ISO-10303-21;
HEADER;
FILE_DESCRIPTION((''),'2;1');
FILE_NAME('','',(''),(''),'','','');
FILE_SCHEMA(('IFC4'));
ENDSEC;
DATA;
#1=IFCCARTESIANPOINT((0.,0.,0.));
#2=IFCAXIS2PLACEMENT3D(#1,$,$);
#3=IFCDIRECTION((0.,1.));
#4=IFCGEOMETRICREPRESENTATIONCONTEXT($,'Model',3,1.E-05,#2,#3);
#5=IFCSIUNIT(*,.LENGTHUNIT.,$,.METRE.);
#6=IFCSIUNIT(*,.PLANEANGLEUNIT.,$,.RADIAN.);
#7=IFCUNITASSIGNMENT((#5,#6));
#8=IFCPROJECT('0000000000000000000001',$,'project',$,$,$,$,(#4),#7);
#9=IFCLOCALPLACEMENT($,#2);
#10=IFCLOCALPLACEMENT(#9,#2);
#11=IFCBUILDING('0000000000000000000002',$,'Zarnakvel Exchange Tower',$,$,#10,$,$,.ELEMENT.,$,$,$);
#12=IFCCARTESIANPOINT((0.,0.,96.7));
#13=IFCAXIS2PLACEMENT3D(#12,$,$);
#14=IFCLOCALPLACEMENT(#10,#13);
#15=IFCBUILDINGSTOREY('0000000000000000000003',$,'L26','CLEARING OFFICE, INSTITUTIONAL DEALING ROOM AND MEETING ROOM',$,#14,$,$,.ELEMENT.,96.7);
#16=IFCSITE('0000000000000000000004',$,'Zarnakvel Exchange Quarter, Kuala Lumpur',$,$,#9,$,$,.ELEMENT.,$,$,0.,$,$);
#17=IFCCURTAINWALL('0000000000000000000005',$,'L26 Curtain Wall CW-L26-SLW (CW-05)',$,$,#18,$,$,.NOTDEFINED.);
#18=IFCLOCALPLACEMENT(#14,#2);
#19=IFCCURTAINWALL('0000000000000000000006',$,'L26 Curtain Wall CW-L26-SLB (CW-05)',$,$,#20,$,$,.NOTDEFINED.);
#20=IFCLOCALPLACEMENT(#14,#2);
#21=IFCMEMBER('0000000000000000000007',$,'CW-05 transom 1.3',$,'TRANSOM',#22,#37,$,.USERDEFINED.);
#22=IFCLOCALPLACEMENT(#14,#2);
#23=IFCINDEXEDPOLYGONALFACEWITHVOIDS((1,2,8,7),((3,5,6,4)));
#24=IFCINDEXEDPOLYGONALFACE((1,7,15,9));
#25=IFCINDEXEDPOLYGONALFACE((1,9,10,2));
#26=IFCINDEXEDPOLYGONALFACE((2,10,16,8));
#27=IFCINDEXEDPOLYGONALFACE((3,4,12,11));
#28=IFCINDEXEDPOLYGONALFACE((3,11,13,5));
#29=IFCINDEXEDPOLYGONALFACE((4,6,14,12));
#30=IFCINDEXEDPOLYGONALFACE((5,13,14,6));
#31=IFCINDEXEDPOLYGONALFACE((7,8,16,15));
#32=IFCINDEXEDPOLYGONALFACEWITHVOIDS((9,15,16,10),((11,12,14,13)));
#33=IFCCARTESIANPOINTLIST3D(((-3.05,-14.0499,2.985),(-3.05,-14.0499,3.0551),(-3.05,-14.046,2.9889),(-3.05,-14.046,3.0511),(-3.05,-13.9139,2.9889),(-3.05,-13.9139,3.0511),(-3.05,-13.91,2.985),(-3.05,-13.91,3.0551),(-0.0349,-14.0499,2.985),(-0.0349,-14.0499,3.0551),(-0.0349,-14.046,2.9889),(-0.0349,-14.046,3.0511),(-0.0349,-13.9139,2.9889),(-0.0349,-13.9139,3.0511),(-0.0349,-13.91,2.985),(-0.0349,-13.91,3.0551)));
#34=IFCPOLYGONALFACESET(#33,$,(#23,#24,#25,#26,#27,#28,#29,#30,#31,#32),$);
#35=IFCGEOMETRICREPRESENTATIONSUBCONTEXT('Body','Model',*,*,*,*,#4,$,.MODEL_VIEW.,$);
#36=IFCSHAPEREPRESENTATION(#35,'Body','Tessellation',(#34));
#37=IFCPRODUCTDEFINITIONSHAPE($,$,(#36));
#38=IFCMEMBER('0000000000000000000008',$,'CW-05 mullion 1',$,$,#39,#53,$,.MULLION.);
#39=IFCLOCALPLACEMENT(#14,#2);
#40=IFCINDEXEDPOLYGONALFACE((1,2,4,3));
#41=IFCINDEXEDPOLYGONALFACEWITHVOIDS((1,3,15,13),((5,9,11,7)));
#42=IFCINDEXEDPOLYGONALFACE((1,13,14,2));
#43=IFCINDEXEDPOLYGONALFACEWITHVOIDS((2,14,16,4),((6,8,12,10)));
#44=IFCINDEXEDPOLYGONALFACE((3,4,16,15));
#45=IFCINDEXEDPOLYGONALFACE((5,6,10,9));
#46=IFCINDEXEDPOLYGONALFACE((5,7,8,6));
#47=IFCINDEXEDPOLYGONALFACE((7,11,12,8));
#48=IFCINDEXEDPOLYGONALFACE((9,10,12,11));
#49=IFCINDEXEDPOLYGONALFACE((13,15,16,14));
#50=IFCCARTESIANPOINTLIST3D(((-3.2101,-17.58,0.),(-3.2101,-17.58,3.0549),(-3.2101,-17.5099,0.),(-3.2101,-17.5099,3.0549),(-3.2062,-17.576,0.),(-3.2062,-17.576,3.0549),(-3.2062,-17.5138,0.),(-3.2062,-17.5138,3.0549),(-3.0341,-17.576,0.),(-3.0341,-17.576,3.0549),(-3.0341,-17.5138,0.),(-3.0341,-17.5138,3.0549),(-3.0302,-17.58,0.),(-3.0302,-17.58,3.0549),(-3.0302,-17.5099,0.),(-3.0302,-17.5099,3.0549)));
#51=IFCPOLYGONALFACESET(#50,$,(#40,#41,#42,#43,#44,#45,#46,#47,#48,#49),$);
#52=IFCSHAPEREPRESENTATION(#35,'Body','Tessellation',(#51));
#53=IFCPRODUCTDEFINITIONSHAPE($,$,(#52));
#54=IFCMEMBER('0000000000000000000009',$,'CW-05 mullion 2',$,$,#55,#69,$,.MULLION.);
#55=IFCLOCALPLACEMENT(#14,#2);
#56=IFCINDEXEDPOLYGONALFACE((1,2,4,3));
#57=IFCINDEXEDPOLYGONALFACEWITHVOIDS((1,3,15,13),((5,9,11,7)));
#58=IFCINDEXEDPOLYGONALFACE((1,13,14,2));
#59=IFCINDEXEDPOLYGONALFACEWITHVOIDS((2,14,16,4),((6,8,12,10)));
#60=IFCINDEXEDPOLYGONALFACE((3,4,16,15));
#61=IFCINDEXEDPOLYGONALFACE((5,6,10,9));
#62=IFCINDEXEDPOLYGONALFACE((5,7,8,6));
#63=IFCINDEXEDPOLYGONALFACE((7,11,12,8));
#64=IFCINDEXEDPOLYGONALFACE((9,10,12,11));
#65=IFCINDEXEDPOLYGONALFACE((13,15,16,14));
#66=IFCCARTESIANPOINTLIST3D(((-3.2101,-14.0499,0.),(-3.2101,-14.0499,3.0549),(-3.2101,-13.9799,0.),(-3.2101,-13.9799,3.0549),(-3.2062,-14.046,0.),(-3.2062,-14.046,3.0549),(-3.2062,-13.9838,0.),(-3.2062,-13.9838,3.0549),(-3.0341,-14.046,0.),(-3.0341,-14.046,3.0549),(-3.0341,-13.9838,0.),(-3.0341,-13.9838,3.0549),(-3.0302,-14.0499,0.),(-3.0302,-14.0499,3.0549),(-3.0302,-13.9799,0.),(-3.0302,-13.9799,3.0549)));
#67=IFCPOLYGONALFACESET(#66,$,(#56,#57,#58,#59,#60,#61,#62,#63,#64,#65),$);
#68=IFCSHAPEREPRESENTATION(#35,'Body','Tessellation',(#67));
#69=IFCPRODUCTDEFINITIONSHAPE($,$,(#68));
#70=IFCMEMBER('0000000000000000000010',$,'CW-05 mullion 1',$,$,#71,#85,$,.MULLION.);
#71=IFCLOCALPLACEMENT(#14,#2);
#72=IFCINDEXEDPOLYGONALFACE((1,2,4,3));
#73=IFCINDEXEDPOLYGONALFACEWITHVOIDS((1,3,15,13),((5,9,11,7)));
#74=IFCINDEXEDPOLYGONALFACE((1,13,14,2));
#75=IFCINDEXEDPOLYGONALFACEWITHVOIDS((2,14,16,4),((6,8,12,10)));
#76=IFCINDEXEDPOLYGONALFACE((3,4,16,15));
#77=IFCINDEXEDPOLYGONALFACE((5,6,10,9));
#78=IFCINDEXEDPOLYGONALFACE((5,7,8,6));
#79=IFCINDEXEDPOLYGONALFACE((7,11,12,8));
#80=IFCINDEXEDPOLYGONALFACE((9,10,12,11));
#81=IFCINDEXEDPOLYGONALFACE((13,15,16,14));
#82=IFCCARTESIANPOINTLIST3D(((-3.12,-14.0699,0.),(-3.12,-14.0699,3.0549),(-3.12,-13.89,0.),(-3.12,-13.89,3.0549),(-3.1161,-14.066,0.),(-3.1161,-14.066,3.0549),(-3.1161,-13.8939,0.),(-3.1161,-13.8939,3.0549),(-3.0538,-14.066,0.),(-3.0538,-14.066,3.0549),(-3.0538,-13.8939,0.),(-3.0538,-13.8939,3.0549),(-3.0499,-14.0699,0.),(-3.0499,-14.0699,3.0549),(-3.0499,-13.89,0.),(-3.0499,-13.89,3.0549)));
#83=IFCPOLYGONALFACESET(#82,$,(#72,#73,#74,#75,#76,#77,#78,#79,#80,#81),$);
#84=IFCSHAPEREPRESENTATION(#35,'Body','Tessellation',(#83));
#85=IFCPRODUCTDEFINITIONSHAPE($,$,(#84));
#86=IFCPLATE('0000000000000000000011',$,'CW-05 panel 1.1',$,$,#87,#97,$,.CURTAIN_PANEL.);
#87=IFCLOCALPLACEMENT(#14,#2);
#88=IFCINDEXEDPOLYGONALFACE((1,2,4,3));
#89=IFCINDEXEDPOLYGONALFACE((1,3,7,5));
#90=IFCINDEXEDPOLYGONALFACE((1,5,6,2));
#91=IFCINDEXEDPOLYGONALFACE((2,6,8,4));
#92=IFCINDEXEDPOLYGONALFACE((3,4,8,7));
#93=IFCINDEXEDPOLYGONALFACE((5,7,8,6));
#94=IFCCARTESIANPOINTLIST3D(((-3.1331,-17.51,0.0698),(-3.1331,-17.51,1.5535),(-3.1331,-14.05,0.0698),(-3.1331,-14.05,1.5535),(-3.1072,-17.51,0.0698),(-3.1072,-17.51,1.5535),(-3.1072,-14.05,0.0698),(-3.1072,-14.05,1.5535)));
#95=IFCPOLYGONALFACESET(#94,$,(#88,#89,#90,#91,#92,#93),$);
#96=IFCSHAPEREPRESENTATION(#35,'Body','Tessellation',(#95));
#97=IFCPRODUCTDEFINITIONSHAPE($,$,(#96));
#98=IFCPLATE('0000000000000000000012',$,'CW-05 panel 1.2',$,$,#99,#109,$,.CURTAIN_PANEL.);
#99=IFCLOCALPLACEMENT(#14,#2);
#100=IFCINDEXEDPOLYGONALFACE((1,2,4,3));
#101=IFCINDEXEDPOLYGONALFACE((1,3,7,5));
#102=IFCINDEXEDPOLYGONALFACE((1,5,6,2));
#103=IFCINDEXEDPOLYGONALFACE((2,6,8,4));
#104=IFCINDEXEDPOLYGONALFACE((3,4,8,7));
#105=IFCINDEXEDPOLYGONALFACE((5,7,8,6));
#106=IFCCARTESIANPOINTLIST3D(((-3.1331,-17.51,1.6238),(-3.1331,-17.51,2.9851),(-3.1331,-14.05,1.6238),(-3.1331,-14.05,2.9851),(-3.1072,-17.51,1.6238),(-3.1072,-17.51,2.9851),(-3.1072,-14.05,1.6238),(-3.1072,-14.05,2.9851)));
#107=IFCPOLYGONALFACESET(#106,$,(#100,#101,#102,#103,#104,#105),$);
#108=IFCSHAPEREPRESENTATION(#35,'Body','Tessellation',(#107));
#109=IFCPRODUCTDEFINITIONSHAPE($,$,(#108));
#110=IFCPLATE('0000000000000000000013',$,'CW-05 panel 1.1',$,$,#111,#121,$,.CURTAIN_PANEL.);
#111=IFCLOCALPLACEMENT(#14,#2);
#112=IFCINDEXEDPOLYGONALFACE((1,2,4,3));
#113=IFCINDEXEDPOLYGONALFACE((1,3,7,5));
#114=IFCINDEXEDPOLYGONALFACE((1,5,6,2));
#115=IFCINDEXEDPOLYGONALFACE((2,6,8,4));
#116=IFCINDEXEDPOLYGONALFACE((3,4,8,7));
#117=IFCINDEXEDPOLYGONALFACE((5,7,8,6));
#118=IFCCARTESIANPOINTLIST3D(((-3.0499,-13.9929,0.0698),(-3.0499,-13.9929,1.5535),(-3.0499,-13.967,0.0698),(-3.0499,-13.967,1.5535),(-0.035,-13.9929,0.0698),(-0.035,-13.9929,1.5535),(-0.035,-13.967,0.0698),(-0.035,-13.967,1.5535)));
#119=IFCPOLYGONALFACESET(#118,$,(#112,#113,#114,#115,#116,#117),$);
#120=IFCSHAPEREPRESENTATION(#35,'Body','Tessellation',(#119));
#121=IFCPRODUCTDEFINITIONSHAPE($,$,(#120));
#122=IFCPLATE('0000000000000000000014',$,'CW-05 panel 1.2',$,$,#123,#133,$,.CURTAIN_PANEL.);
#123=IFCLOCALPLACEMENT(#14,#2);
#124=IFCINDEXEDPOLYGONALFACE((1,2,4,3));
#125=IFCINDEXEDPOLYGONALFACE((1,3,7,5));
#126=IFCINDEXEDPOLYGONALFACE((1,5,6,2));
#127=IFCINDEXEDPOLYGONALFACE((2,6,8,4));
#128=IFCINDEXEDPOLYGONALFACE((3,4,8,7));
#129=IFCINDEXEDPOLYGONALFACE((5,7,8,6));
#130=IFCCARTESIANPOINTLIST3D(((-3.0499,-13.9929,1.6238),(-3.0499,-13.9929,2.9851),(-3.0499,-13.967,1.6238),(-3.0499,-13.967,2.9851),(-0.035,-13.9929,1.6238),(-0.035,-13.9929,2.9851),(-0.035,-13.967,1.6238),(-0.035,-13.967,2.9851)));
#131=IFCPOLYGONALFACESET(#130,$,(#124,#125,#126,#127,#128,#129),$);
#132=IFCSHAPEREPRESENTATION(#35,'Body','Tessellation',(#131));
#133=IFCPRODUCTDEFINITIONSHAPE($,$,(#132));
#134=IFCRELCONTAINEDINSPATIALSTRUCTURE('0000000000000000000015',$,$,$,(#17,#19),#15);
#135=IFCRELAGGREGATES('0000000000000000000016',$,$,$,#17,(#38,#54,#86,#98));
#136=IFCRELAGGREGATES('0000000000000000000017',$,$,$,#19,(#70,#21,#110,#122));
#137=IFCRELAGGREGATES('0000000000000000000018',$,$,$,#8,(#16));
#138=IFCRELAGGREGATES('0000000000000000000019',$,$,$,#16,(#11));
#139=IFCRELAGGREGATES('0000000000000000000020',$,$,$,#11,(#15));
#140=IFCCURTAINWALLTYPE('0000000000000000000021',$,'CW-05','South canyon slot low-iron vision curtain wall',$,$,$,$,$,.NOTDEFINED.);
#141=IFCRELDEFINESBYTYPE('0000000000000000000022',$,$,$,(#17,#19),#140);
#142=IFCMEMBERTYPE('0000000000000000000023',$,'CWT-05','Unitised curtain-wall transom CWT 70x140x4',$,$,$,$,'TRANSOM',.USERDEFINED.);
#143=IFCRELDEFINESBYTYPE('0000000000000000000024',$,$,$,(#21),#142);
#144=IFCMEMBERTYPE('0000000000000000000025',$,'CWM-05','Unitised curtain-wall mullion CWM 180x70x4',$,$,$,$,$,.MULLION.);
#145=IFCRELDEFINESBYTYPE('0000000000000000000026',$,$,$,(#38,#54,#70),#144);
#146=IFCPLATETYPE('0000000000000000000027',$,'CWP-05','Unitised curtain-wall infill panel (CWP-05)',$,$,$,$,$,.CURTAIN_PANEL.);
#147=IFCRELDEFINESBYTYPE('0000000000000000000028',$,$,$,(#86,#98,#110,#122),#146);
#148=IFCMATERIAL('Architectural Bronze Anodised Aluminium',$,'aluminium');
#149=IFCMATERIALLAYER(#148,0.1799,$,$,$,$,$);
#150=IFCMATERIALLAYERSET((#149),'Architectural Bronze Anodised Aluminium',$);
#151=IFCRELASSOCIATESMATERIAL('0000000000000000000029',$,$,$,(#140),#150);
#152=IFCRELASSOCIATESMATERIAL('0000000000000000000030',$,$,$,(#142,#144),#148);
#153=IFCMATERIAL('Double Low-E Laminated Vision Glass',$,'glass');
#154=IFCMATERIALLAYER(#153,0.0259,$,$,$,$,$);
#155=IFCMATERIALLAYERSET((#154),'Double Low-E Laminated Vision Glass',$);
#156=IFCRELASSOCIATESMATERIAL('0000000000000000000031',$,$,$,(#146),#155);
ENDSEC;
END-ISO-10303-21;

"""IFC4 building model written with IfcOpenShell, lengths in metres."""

from ifc_helpers import new_model, si_unit, direction, frame, origin, origin_2d, place, context, subcontext, project, spatial, rectangle, hollow_rectangle, extrude, source, transform, mapped, material, layer, layer_set, material_profile, profile_set, type_object, element, aggregate, save


model = new_model("IFC4")

# Units and contexts
model_context = context("Model", 3, precision=1e-05, world=origin(), true_north=direction((0.0, 1.0)))
body_context = subcontext(model_context, "Body", "Model", "MODEL_VIEW")
ifc_project = project(units=[si_unit("LENGTHUNIT", "METRE"), si_unit("PLANEANGLEUNIT", "RADIAN")], contexts=[model_context])

# Site, building, storey
site_placement = place(None, origin())
site = spatial("IfcSite", under=ifc_project, at=site_placement, Name="Zarnakvel Exchange Quarter, Kuala Lumpur", CompositionType="ELEMENT", RefElevation=0.0)
building_placement = place(site_placement, origin())
building = spatial("IfcBuilding", under=site, at=building_placement, Name="Zarnakvel Exchange Tower", CompositionType="ELEMENT")
storey_placement = place(building_placement, frame((0.0, 0.0, 96.7)))
storey = spatial("IfcBuildingStorey", under=building, at=storey_placement, Name="L26", Description="CLEARING OFFICE, INSTITUTIONAL DEALING ROOM AND MEETING ROOM", CompositionType="ELEMENT", Elevation=96.7)

# Curtain walls, member
ifc_material_1 = material(Name="Architectural Bronze Anodised Aluminium", Category="aluminium")
ifc_layer_1 = layer(ifc_material_1, 0.1799)
ifc_layer_set_1 = layer_set([ifc_layer_1], Name="Architectural Bronze Anodised Aluminium")
curtain_wall_type = type_object("IfcCurtainWallType", Name="CW-05", Description="South canyon slot low-iron vision curtain wall", PredefinedType="NOTDEFINED", material=ifc_layer_set_1)
curtain_wall_1_placement = place(storey_placement, origin())
curtain_wall_1 = element("IfcCurtainWall", 1, at=curtain_wall_1_placement, inside=storey, type_object=curtain_wall_type, Name="L26 Curtain Wall CW-L26-SLW (CW-05)", PredefinedType="NOTDEFINED")
ifc_material_profile_1 = material_profile(ifc_material_1, hollow_rectangle(XDim=0.1399, YDim=0.0701, WallThickness=0.0039, at=origin_2d()))
ifc_profile_set_1 = profile_set([ifc_material_profile_1], Name="Architectural Bronze Anodised Aluminium")
member_type_1 = type_object("IfcMemberType", Name="CWT-05", Description="Unitised curtain-wall transom CWT 70x140x4", ElementType="TRANSOM", PredefinedType="USERDEFINED", material=ifc_profile_set_1)
curtain_wall_2_placement = place(storey_placement, origin())
curtain_wall_2 = element("IfcCurtainWall", 2, at=curtain_wall_2_placement, inside=storey, type_object=curtain_wall_type, Name="L26 Curtain Wall CW-L26-SLB (CW-05)", PredefinedType="NOTDEFINED")
shared_shape_1 = source(origin(), body_context, "Body", "SweptSolid", [
    extrude(hollow_rectangle(XDim=0.1399, YDim=0.0701, WallThickness=0.0039, at=origin_2d()), origin(), (0.0, 0.0, 1.0), 3.0151),
])
member_1_placement = place(storey_placement, frame((-3.05, -13.98, 3.02), z_axis=(1.0, 0.0, 0.0), x_axis=(0.0, 1.0, 0.0)))
member_1 = element("IfcMember", 3, at=member_1_placement, type_object=member_type_1, Name="CW-05 transom 1.3", ObjectType="TRANSOM", PredefinedType="USERDEFINED", context=body_context, shape_type="MappedRepresentation", body=[
    mapped(shared_shape_1, transform((0.0, 0.0, 0.0), x_axis=(1.0, 0.0, 0.0), y_axis=(0.0, 1.0, 0.0), z_axis=(0.0, 0.0, 1.0), scale=1.0)),
])

# Members
ifc_material_profile_2 = material_profile(ifc_material_1, hollow_rectangle(XDim=0.1799, YDim=0.0701, WallThickness=0.0039, at=origin_2d()))
ifc_profile_set_2 = profile_set([ifc_material_profile_2], Name="Architectural Bronze Anodised Aluminium")
member_type_2 = type_object("IfcMemberType", Name="CWM-05", Description="Unitised curtain-wall mullion CWM 180x70x4", PredefinedType="MULLION", material=ifc_profile_set_2)
shared_shape_2 = source(origin(), body_context, "Body", "SweptSolid", [
    extrude(hollow_rectangle(XDim=0.1799, YDim=0.0701, WallThickness=0.0039, at=origin_2d()), origin(), (0.0, 0.0, 1.0), 3.0549),
])
member_2_placement = place(storey_placement, frame((-3.1201, -17.5449, 0.0), z_axis=(0.0, 0.0, 1.0), x_axis=(-1.0, 0.0, 0.0)))
member_2 = element("IfcMember", 4, at=member_2_placement, type_object=member_type_2, Name="CW-05 mullion 1", PredefinedType="MULLION", context=body_context, shape_type="MappedRepresentation", body=[
    mapped(shared_shape_2, transform((0.0, 0.0, 0.0), x_axis=(1.0, 0.0, 0.0), y_axis=(0.0, 1.0, 0.0), z_axis=(0.0, 0.0, 1.0), scale=1.0)),
])
member_3_placement = place(storey_placement, frame((-3.1201, -14.0149, 0.0), z_axis=(0.0, 0.0, 1.0), x_axis=(-1.0, 0.0, 0.0)))
member_3 = element("IfcMember", 5, at=member_3_placement, type_object=member_type_2, Name="CW-05 mullion 2", PredefinedType="MULLION", context=body_context, shape_type="MappedRepresentation", body=[
    mapped(shared_shape_2, transform((0.0, 0.0, 0.0), x_axis=(1.0, 0.0, 0.0), y_axis=(0.0, 1.0, 0.0), z_axis=(0.0, 0.0, 1.0), scale=1.0)),
])
member_4_placement = place(storey_placement, frame((-3.085, -13.98, 0.0), z_axis=(0.0, 0.0, 1.0), x_axis=(0.0, 1.0, 0.0)))
member_4 = element("IfcMember", 6, at=member_4_placement, type_object=member_type_2, Name="CW-05 mullion 1", PredefinedType="MULLION", context=body_context, shape_type="MappedRepresentation", body=[
    mapped(shared_shape_2, transform((0.0, 0.0, 0.0), x_axis=(1.0, 0.0, 0.0), y_axis=(0.0, 1.0, 0.0), z_axis=(0.0, 0.0, 1.0), scale=1.0)),
])

# Plates
ifc_material_2 = material(Name="Double Low-E Laminated Vision Glass", Category="glass")
ifc_layer_2 = layer(ifc_material_2, 0.0259)
ifc_layer_set_2 = layer_set([ifc_layer_2], Name="Double Low-E Laminated Vision Glass")
plate_type = type_object("IfcPlateType", Name="CWP-05", Description="Unitised curtain-wall infill panel (CWP-05)", PredefinedType="CURTAIN_PANEL", material=ifc_layer_set_2)
shared_shape_3 = source(origin(), body_context, "Body", "SweptSolid", [
    extrude(rectangle(XDim=3.46, YDim=0.0259, at=origin_2d()), origin(), (0.0, 0.0, 1.0), 1.4836),
])
plate_1_placement = place(storey_placement, frame((-3.1201, -15.78, 0.0698), z_axis=(0.0, 0.0, 1.0), x_axis=(0.0, 1.0, 0.0)))
plate_1 = element("IfcPlate", 7, at=plate_1_placement, type_object=plate_type, Name="CW-05 panel 1.1", PredefinedType="CURTAIN_PANEL", context=body_context, shape_type="MappedRepresentation", body=[
    mapped(shared_shape_3, transform((0.0, 0.0, 0.0), x_axis=(1.0, 0.0, 0.0), y_axis=(0.0, 1.0, 0.0), z_axis=(0.0, 0.0, 1.0), scale=1.0)),
])
shared_shape_4 = source(origin(), body_context, "Body", "SweptSolid", [
    extrude(rectangle(XDim=3.46, YDim=0.0259, at=origin_2d()), origin(), (0.0, 0.0, 1.0), 1.3613),
])
plate_2_placement = place(storey_placement, frame((-3.1201, -15.78, 1.6238), z_axis=(0.0, 0.0, 1.0), x_axis=(0.0, 1.0, 0.0)))
plate_2 = element("IfcPlate", 8, at=plate_2_placement, type_object=plate_type, Name="CW-05 panel 1.2", PredefinedType="CURTAIN_PANEL", context=body_context, shape_type="MappedRepresentation", body=[
    mapped(shared_shape_4, transform((0.0, 0.0, 0.0), x_axis=(1.0, 0.0, 0.0), y_axis=(0.0, 1.0, 0.0), z_axis=(0.0, 0.0, 1.0), scale=1.0)),
])
aggregate(curtain_wall_1, [member_2, member_3, plate_1, plate_2])
shared_shape_5 = source(origin(), body_context, "Body", "SweptSolid", [
    extrude(rectangle(XDim=3.0149, YDim=0.0259, at=origin_2d()), origin(), (0.0, 0.0, 1.0), 1.4836),
])
plate_3_placement = place(storey_placement, frame((-1.5425, -13.98, 0.0698), z_axis=(0.0, 0.0, 1.0), x_axis=(1.0, 0.0, 0.0)))
plate_3 = element("IfcPlate", 9, at=plate_3_placement, type_object=plate_type, Name="CW-05 panel 1.1", PredefinedType="CURTAIN_PANEL", context=body_context, shape_type="MappedRepresentation", body=[
    mapped(shared_shape_5, transform((0.0, 0.0, 0.0), x_axis=(1.0, 0.0, 0.0), y_axis=(0.0, 1.0, 0.0), z_axis=(0.0, 0.0, 1.0), scale=1.0)),
])
shared_shape_6 = source(origin(), body_context, "Body", "SweptSolid", [
    extrude(rectangle(XDim=3.0149, YDim=0.0259, at=origin_2d()), origin(), (0.0, 0.0, 1.0), 1.3613),
])
plate_4_placement = place(storey_placement, frame((-1.5425, -13.98, 1.6238), z_axis=(0.0, 0.0, 1.0), x_axis=(1.0, 0.0, 0.0)))
plate_4 = element("IfcPlate", 10, at=plate_4_placement, type_object=plate_type, Name="CW-05 panel 1.2", PredefinedType="CURTAIN_PANEL", context=body_context, shape_type="MappedRepresentation", body=[
    mapped(shared_shape_6, transform((0.0, 0.0, 0.0), x_axis=(1.0, 0.0, 0.0), y_axis=(0.0, 1.0, 0.0), z_axis=(0.0, 0.0, 1.0), scale=1.0)),
])
aggregate(curtain_wall_2, [member_4, member_1, plate_3, plate_4])

save(model, "model.ifc")
